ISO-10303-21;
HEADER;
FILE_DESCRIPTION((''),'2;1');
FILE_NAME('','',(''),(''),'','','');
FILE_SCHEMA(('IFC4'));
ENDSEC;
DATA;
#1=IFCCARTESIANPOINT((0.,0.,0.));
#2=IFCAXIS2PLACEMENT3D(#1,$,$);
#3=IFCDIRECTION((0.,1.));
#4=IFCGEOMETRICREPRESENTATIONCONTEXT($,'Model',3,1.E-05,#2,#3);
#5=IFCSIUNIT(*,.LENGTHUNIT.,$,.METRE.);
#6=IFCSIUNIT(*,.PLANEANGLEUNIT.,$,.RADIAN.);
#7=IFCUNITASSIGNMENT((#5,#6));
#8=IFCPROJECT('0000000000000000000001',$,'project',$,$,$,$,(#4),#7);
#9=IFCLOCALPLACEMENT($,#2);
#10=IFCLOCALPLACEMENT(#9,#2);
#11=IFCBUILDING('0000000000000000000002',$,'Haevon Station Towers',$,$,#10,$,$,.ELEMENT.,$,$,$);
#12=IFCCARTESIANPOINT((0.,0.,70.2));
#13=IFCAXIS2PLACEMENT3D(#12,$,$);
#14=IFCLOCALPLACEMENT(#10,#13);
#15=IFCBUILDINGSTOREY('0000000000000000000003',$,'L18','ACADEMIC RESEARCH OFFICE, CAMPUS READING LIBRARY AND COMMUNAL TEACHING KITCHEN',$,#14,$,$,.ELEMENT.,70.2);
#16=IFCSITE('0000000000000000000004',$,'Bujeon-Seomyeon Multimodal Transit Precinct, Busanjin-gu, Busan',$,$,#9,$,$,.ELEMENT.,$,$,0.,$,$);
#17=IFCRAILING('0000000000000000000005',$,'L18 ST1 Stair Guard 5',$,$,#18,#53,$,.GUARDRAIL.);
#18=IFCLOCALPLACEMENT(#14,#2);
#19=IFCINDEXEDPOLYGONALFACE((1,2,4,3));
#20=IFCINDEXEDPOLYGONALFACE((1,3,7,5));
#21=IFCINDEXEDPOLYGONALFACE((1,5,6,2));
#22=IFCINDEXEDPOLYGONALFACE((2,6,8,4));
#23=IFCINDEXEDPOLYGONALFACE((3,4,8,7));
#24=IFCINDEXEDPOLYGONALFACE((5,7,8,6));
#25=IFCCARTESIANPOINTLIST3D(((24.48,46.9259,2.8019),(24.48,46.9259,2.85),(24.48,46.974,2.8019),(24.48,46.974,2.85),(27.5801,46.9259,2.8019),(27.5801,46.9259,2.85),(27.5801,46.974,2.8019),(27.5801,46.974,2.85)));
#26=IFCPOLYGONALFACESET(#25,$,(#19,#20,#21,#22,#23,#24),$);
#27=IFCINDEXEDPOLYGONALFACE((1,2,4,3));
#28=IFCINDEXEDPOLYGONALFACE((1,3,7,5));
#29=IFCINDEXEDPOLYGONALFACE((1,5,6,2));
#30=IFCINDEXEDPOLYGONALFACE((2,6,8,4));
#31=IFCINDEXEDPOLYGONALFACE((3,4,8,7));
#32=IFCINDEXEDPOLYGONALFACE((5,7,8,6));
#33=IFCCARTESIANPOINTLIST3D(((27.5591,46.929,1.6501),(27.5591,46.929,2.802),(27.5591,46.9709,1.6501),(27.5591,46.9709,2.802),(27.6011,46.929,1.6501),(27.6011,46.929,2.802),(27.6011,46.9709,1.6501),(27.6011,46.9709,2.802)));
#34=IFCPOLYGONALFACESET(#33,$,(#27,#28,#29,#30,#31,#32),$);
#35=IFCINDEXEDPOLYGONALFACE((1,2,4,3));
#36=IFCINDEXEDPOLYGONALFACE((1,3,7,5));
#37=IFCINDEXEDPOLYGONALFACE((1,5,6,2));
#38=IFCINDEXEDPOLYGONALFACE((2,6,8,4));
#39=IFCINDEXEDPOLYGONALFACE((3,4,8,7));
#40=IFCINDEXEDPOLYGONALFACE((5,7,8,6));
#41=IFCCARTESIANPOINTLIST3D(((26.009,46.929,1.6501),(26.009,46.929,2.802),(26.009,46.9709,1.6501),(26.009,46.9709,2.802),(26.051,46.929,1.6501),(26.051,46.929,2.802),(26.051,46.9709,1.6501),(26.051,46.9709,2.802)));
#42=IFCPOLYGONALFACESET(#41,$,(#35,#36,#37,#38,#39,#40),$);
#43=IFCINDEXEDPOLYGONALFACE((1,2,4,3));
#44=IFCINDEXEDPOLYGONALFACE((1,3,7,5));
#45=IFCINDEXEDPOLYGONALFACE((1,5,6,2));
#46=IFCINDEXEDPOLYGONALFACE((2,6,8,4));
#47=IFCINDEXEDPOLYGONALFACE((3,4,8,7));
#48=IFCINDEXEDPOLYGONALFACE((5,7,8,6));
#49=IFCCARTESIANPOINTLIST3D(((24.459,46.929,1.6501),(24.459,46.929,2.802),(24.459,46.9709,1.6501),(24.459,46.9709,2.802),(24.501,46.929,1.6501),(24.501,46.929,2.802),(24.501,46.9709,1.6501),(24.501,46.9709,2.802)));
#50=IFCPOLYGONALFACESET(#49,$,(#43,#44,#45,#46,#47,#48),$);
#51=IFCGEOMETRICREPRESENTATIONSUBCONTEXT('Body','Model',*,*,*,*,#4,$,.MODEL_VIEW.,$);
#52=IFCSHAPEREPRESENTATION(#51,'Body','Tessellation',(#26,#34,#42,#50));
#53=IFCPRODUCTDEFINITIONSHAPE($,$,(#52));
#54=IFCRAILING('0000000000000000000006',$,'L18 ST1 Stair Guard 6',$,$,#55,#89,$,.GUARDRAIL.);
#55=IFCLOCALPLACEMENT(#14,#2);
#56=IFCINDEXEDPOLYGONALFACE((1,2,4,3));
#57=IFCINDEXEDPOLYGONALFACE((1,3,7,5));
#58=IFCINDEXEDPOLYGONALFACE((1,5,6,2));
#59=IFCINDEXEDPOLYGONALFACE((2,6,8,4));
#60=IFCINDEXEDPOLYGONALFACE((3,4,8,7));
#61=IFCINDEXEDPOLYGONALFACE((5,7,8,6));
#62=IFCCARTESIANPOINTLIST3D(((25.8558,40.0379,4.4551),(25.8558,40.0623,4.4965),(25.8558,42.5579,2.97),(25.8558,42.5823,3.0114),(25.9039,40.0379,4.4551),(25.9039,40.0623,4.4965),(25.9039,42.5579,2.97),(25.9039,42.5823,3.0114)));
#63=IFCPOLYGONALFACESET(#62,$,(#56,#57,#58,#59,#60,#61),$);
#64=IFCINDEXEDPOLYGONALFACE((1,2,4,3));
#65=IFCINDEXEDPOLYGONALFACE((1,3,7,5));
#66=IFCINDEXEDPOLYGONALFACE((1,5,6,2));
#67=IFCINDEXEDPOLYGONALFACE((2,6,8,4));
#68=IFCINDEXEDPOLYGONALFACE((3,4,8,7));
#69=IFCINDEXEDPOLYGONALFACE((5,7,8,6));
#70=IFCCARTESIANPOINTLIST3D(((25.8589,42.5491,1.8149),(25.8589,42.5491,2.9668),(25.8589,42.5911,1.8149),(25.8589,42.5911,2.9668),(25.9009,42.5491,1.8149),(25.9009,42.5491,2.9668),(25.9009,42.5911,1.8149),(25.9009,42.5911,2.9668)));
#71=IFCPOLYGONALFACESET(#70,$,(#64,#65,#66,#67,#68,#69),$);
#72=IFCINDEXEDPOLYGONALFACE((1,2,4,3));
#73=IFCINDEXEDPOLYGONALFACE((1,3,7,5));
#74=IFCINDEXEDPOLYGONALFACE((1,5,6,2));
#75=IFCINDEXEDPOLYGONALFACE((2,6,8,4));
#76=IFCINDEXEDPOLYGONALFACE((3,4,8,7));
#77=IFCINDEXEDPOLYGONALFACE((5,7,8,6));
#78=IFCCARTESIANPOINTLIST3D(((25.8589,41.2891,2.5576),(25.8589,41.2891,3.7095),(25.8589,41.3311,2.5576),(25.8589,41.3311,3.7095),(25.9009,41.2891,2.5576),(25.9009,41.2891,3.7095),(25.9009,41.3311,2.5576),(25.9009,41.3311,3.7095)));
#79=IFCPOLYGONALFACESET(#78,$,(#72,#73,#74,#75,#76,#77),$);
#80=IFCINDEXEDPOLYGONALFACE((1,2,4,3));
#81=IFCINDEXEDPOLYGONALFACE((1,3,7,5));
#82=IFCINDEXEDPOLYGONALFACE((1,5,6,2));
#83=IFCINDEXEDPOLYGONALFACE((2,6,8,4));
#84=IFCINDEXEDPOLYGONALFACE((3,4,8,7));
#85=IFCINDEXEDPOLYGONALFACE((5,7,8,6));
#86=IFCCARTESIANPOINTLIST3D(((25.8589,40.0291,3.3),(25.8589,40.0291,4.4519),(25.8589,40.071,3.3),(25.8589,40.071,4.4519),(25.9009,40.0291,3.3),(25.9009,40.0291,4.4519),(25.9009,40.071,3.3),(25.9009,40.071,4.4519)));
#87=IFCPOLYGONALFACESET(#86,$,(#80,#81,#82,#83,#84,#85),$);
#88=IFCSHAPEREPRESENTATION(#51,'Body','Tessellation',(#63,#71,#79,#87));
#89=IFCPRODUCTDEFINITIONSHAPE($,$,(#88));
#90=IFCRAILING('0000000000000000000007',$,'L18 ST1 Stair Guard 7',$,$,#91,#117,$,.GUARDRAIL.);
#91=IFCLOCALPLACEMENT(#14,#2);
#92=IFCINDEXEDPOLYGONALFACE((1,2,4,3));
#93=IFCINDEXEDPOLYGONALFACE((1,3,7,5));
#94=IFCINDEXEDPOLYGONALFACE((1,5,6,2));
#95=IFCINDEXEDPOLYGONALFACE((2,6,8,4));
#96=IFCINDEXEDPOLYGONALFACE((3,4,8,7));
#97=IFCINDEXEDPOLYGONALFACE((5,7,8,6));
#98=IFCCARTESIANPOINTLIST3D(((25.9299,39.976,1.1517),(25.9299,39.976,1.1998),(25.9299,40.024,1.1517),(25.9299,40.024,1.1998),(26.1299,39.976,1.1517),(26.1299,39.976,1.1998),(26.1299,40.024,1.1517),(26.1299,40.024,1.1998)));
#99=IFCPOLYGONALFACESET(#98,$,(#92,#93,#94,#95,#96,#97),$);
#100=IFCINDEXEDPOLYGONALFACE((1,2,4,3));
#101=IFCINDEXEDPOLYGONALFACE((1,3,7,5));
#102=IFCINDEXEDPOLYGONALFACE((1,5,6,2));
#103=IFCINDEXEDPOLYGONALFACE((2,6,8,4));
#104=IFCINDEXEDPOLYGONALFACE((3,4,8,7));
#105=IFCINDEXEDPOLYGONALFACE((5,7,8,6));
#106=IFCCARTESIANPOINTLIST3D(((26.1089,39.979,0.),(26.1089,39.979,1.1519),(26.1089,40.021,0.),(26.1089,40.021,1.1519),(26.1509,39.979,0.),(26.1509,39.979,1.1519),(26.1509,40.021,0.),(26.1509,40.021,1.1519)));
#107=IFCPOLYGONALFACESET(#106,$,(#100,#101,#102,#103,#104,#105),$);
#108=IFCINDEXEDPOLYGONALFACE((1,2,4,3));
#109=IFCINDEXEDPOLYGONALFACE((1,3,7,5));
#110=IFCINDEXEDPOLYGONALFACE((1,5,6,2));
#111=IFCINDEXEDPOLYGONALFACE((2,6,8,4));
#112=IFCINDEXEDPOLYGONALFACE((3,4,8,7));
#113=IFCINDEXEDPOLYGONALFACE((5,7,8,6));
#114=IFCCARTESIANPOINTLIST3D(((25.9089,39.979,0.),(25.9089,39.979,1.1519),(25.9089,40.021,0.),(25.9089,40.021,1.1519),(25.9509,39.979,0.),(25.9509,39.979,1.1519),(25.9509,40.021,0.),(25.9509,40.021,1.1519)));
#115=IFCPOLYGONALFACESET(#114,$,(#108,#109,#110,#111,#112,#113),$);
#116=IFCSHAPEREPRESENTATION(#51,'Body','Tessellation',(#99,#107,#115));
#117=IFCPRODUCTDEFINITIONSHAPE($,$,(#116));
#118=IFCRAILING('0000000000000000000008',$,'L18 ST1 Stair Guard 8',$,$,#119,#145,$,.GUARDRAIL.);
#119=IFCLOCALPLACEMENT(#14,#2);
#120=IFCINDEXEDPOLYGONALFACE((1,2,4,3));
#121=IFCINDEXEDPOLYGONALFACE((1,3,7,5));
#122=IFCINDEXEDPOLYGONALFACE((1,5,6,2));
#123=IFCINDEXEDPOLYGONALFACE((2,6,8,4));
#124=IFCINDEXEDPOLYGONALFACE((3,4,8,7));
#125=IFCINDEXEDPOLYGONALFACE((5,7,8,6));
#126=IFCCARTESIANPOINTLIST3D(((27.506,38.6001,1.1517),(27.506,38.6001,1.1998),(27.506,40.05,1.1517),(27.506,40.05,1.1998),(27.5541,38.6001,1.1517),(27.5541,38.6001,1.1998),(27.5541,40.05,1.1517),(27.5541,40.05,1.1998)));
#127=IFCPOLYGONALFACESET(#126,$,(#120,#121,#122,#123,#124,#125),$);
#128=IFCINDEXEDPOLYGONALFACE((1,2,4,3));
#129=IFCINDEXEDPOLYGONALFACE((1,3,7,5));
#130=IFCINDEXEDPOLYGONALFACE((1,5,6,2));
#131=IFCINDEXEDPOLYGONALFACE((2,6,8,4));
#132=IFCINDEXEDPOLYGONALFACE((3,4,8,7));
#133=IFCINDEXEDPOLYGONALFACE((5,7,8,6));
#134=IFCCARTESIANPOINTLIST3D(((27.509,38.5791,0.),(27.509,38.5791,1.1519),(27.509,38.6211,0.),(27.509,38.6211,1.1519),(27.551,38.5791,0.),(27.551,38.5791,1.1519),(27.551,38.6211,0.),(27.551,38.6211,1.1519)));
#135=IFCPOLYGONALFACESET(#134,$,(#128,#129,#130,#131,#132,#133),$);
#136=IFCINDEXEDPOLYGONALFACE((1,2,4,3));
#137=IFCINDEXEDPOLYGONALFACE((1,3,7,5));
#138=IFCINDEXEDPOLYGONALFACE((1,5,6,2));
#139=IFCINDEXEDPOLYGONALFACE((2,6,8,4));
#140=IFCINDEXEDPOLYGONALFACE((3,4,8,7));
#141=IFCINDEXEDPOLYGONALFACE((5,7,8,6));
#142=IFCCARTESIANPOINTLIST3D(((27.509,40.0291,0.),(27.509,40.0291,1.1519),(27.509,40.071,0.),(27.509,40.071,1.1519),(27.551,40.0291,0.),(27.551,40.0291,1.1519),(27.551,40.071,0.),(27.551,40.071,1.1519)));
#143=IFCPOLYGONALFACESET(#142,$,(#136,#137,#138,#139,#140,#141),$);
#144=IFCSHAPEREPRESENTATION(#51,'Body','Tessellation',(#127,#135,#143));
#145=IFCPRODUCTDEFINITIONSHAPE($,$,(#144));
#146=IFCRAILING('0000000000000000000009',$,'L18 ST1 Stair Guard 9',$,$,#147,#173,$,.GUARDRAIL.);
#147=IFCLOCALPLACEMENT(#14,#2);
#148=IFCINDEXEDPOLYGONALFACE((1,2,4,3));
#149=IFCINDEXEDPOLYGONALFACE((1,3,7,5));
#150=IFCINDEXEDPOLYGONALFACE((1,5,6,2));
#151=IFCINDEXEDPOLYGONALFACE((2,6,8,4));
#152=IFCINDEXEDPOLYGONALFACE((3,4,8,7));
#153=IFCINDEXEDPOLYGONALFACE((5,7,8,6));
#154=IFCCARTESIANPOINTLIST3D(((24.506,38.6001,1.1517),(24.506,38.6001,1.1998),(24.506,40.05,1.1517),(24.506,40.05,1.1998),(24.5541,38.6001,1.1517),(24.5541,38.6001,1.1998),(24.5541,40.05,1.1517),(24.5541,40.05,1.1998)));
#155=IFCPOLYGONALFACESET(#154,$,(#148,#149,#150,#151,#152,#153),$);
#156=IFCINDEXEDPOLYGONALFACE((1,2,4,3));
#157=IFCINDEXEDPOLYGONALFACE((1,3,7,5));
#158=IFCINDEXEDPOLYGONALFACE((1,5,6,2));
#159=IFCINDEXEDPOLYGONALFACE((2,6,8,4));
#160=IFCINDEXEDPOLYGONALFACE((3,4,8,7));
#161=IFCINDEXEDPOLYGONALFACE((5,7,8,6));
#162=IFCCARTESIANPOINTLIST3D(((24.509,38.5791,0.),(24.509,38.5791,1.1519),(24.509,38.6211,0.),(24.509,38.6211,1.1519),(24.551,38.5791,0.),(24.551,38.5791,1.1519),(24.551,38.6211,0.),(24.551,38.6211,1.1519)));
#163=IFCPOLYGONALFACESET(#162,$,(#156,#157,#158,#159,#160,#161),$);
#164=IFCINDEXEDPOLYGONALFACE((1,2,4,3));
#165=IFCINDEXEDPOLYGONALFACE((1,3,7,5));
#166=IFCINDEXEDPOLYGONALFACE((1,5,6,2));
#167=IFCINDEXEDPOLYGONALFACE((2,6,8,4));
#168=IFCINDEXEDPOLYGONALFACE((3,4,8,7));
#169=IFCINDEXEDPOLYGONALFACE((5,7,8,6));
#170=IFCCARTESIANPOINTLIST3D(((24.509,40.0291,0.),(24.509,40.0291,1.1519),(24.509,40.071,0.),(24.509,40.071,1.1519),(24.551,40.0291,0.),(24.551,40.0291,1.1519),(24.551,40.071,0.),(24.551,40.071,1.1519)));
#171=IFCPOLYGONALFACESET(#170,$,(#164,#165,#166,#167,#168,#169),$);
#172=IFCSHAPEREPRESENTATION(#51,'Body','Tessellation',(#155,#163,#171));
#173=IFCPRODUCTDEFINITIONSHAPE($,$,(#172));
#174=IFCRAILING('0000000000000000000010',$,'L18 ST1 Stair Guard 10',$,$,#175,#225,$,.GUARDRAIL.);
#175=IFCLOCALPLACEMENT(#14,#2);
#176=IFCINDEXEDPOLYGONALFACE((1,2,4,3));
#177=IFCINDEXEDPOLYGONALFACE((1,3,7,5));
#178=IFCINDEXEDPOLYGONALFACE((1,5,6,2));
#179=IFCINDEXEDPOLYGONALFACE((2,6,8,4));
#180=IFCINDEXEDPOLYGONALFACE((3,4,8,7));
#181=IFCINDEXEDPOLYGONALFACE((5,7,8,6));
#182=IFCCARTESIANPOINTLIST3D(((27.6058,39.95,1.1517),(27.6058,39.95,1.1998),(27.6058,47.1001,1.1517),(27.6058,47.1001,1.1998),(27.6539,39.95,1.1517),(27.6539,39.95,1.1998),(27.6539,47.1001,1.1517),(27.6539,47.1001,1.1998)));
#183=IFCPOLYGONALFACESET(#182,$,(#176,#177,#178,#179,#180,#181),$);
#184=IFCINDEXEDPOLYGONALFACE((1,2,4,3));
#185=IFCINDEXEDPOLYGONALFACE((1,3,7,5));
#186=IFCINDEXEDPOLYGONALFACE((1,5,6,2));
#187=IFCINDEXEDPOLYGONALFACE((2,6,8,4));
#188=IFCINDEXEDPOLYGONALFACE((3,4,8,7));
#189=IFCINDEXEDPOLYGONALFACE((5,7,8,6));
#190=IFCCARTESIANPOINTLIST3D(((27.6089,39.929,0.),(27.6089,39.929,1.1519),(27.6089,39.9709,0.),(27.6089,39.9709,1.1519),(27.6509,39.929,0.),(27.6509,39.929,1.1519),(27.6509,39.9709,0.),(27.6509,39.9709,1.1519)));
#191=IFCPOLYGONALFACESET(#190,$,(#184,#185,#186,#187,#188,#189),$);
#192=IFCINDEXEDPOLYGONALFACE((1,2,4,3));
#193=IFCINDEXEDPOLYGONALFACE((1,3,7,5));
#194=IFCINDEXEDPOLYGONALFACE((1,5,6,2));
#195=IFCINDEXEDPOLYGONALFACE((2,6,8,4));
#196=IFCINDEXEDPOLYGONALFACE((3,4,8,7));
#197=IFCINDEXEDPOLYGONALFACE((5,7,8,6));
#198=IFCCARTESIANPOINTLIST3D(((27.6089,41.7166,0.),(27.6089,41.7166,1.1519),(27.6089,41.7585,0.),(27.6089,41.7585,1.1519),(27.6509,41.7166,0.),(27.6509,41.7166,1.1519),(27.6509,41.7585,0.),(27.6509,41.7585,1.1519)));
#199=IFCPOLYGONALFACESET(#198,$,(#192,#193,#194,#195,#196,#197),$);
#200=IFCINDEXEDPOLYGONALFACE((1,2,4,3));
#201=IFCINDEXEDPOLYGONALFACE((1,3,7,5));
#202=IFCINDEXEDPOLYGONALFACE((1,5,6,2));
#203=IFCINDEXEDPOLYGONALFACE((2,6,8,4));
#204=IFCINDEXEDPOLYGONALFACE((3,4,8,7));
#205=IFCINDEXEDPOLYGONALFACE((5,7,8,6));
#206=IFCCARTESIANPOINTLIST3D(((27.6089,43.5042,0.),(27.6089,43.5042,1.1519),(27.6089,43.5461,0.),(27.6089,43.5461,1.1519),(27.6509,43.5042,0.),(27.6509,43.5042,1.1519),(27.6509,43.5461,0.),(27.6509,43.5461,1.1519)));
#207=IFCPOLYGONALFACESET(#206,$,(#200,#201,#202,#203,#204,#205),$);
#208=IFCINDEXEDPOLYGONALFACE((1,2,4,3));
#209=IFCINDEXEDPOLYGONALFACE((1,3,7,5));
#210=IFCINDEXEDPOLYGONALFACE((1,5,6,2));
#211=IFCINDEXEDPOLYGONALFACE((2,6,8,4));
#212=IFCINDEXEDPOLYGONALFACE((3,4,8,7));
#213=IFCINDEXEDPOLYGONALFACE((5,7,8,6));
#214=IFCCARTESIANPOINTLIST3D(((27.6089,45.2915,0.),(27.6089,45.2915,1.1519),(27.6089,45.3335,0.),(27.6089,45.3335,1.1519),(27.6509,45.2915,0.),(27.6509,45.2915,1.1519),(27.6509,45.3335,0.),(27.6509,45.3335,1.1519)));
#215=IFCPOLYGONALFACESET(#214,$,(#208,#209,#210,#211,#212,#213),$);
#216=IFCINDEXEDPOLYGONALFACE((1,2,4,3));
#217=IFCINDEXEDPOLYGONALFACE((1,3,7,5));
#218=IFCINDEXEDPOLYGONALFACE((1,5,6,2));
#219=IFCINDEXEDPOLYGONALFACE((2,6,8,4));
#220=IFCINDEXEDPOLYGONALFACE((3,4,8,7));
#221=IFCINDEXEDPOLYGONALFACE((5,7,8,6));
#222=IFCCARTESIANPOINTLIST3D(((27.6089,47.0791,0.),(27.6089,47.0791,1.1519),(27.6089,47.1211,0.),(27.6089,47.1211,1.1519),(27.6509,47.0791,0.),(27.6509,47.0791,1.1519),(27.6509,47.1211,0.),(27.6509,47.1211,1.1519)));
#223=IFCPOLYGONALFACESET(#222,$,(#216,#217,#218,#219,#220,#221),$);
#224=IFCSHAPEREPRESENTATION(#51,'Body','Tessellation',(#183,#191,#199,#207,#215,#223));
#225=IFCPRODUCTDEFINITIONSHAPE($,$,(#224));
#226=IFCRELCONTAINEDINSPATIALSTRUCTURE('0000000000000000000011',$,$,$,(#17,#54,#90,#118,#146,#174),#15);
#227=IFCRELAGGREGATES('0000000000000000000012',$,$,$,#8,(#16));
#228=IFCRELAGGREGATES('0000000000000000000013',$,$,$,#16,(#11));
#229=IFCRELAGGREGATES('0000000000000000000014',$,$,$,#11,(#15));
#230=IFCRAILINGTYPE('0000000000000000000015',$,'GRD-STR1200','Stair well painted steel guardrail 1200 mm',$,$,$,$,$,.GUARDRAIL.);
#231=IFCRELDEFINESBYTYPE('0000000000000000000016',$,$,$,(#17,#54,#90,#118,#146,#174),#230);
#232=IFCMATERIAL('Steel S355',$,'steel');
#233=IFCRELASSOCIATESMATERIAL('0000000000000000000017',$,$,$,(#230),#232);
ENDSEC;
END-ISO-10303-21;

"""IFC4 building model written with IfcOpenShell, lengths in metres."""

from ifc_helpers import new_model, si_unit, direction, frame, origin, origin_2d, place, context, subcontext, project, spatial, rectangle, extrude, material, type_object, element, save


model = new_model("IFC4")

# Units and contexts
model_context = context("Model", 3, precision=1e-05, world=origin(), true_north=direction((0.0, 1.0)))
body_context = subcontext(model_context, "Body", "Model", "MODEL_VIEW")
ifc_project = project(units=[si_unit("LENGTHUNIT", "METRE"), si_unit("PLANEANGLEUNIT", "RADIAN")], contexts=[model_context])

# Site, building, storey
site_placement = place(None, origin())
site = spatial("IfcSite", under=ifc_project, at=site_placement, Name="Bujeon-Seomyeon Multimodal Transit Precinct, Busanjin-gu, Busan", CompositionType="ELEMENT", RefElevation=0.0)
building_placement = place(site_placement, origin())
building = spatial("IfcBuilding", under=site, at=building_placement, Name="Haevon Station Towers", CompositionType="ELEMENT")
storey_placement = place(building_placement, frame((0.0, 0.0, 70.2)))
storey = spatial("IfcBuildingStorey", under=building, at=storey_placement, Name="L18", Description="ACADEMIC RESEARCH OFFICE, CAMPUS READING LIBRARY AND COMMUNAL TEACHING KITCHEN", CompositionType="ELEMENT", Elevation=70.2)

# Shared definitions
ifc_material_1 = material(Name="Steel S355", Category="steel")

# Railings
railing_type_1 = type_object("IfcRailingType", Name="GRD-STR1200", Description="Stair well painted steel guardrail 1200 mm", PredefinedType="GUARDRAIL", material=ifc_material_1)
railing_1_placement = place(storey_placement, frame((27.5801, 46.95, 1.6501)))
element("IfcRailing", 1, at=railing_1_placement, inside=storey, type_object=railing_type_1, Name="L18 ST1 Stair Guard 5", PredefinedType="GUARDRAIL", context=body_context, shape_type="SweptSolid", body=[
    extrude(rectangle(XDim=0.0481, YDim=0.0481, at=origin_2d()), frame((0.0, 0.0, 1.1758), z_axis=(-1.0, 0.0, 0.0), x_axis=(0.0, -1.0, 0.0)), (0.0, 0.0, 1.0), 3.1001),
    extrude(rectangle(XDim=0.042, YDim=0.042, at=origin_2d()), origin(), (0.0, 0.0, 1.0), 1.1519),
    extrude(rectangle(XDim=0.042, YDim=0.042, at=origin_2d()), frame((-1.55, 0.0, 0.0)), (0.0, 0.0, 1.0), 1.1519),
    extrude(rectangle(XDim=0.042, YDim=0.042, at=origin_2d()), frame((-3.1001, 0.0, 0.0)), (0.0, 0.0, 1.0), 1.1519),
])
railing_2_placement = place(storey_placement, frame((25.8799, 42.5701, 1.8149)))
element("IfcRailing", 2, at=railing_2_placement, inside=storey, type_object=railing_type_1, Name="L18 ST1 Stair Guard 6", PredefinedType="GUARDRAIL", context=body_context, shape_type="SweptSolid", body=[
    extrude(rectangle(XDim=0.0481, YDim=0.0481, at=origin_2d()), frame((0.0, 0.0, 1.1758), z_axis=(0.0, -0.861524, 0.507717), x_axis=(1.0, 0.0, 0.0)), (0.0, 0.0, 1.0), 2.925),
    extrude(rectangle(XDim=0.042, YDim=0.042, at=origin_2d()), origin(), (0.0, 0.0, 1.0), 1.1519),
    extrude(rectangle(XDim=0.042, YDim=0.042, at=origin_2d()), frame((0.0, -1.26, 0.7427)), (0.0, 0.0, 1.0), 1.1519),
    extrude(rectangle(XDim=0.042, YDim=0.042, at=origin_2d()), frame((0.0, -2.52, 1.4851)), (0.0, 0.0, 1.0), 1.1519),
])
railing_3_placement = place(storey_placement, frame((26.1299, 40.0, 0.0)))
element("IfcRailing", 3, at=railing_3_placement, inside=storey, type_object=railing_type_1, Name="L18 ST1 Stair Guard 7", PredefinedType="GUARDRAIL", context=body_context, shape_type="SweptSolid", body=[
    extrude(rectangle(XDim=0.0481, YDim=0.0481, at=origin_2d()), frame((0.0, 0.0, 1.1758), z_axis=(-1.0, 0.0, 0.0), x_axis=(0.0, -1.0, 0.0)), (0.0, 0.0, 1.0), 0.2),
    extrude(rectangle(XDim=0.042, YDim=0.042, at=origin_2d()), origin(), (0.0, 0.0, 1.0), 1.1519),
    extrude(rectangle(XDim=0.042, YDim=0.042, at=origin_2d()), frame((-0.2, 0.0, 0.0)), (0.0, 0.0, 1.0), 1.1519),
])
for number, where, name in (
    (4, (27.53, 38.6001, 0.0), "L18 ST1 Stair Guard 8"),
    (5, (24.53, 38.6001, 0.0), "L18 ST1 Stair Guard 9"),
):
    element("IfcRailing", number, at=place(storey_placement, frame(where)), inside=storey, type_object=railing_type_1, Name=name, PredefinedType="GUARDRAIL", context=body_context, shape_type="SweptSolid", body=[
        extrude(rectangle(XDim=0.0481, YDim=0.0481, at=origin_2d()), frame((0.0, 0.0, 1.1758), z_axis=(0.0, 1.0, 0.0), x_axis=(-1.0, 0.0, 0.0)), (0.0, 0.0, 1.0), 1.45),
        extrude(rectangle(XDim=0.042, YDim=0.042, at=origin_2d()), origin(), (0.0, 0.0, 1.0), 1.1519),
        extrude(rectangle(XDim=0.042, YDim=0.042, at=origin_2d()), frame((0.0, 1.45, 0.0)), (0.0, 0.0, 1.0), 1.1519),
    ])
railing_4_placement = place(storey_placement, frame((27.6299, 39.95, 0.0)))
element("IfcRailing", 6, at=railing_4_placement, inside=storey, type_object=railing_type_1, Name="L18 ST1 Stair Guard 10", PredefinedType="GUARDRAIL", context=body_context, shape_type="SweptSolid", body=[
    extrude(rectangle(XDim=0.0481, YDim=0.0481, at=origin_2d()), frame((0.0, 0.0, 1.1758), z_axis=(0.0, 1.0, 0.0), x_axis=(-1.0, 0.0, 0.0)), (0.0, 0.0, 1.0), 7.1501),
    extrude(rectangle(XDim=0.042, YDim=0.042, at=origin_2d()), origin(), (0.0, 0.0, 1.0), 1.1519),
    extrude(rectangle(XDim=0.042, YDim=0.042, at=origin_2d()), frame((0.0, 1.7876, 0.0)), (0.0, 0.0, 1.0), 1.1519),
    extrude(rectangle(XDim=0.042, YDim=0.042, at=origin_2d()), frame((0.0, 3.5752, 0.0)), (0.0, 0.0, 1.0), 1.1519),
    extrude(rectangle(XDim=0.042, YDim=0.042, at=origin_2d()), frame((0.0, 5.3625, 0.0)), (0.0, 0.0, 1.0), 1.1519),
    extrude(rectangle(XDim=0.042, YDim=0.042, at=origin_2d()), frame((0.0, 7.1501, 0.0)), (0.0, 0.0, 1.0), 1.1519),
])

save(model, "model.ifc")
